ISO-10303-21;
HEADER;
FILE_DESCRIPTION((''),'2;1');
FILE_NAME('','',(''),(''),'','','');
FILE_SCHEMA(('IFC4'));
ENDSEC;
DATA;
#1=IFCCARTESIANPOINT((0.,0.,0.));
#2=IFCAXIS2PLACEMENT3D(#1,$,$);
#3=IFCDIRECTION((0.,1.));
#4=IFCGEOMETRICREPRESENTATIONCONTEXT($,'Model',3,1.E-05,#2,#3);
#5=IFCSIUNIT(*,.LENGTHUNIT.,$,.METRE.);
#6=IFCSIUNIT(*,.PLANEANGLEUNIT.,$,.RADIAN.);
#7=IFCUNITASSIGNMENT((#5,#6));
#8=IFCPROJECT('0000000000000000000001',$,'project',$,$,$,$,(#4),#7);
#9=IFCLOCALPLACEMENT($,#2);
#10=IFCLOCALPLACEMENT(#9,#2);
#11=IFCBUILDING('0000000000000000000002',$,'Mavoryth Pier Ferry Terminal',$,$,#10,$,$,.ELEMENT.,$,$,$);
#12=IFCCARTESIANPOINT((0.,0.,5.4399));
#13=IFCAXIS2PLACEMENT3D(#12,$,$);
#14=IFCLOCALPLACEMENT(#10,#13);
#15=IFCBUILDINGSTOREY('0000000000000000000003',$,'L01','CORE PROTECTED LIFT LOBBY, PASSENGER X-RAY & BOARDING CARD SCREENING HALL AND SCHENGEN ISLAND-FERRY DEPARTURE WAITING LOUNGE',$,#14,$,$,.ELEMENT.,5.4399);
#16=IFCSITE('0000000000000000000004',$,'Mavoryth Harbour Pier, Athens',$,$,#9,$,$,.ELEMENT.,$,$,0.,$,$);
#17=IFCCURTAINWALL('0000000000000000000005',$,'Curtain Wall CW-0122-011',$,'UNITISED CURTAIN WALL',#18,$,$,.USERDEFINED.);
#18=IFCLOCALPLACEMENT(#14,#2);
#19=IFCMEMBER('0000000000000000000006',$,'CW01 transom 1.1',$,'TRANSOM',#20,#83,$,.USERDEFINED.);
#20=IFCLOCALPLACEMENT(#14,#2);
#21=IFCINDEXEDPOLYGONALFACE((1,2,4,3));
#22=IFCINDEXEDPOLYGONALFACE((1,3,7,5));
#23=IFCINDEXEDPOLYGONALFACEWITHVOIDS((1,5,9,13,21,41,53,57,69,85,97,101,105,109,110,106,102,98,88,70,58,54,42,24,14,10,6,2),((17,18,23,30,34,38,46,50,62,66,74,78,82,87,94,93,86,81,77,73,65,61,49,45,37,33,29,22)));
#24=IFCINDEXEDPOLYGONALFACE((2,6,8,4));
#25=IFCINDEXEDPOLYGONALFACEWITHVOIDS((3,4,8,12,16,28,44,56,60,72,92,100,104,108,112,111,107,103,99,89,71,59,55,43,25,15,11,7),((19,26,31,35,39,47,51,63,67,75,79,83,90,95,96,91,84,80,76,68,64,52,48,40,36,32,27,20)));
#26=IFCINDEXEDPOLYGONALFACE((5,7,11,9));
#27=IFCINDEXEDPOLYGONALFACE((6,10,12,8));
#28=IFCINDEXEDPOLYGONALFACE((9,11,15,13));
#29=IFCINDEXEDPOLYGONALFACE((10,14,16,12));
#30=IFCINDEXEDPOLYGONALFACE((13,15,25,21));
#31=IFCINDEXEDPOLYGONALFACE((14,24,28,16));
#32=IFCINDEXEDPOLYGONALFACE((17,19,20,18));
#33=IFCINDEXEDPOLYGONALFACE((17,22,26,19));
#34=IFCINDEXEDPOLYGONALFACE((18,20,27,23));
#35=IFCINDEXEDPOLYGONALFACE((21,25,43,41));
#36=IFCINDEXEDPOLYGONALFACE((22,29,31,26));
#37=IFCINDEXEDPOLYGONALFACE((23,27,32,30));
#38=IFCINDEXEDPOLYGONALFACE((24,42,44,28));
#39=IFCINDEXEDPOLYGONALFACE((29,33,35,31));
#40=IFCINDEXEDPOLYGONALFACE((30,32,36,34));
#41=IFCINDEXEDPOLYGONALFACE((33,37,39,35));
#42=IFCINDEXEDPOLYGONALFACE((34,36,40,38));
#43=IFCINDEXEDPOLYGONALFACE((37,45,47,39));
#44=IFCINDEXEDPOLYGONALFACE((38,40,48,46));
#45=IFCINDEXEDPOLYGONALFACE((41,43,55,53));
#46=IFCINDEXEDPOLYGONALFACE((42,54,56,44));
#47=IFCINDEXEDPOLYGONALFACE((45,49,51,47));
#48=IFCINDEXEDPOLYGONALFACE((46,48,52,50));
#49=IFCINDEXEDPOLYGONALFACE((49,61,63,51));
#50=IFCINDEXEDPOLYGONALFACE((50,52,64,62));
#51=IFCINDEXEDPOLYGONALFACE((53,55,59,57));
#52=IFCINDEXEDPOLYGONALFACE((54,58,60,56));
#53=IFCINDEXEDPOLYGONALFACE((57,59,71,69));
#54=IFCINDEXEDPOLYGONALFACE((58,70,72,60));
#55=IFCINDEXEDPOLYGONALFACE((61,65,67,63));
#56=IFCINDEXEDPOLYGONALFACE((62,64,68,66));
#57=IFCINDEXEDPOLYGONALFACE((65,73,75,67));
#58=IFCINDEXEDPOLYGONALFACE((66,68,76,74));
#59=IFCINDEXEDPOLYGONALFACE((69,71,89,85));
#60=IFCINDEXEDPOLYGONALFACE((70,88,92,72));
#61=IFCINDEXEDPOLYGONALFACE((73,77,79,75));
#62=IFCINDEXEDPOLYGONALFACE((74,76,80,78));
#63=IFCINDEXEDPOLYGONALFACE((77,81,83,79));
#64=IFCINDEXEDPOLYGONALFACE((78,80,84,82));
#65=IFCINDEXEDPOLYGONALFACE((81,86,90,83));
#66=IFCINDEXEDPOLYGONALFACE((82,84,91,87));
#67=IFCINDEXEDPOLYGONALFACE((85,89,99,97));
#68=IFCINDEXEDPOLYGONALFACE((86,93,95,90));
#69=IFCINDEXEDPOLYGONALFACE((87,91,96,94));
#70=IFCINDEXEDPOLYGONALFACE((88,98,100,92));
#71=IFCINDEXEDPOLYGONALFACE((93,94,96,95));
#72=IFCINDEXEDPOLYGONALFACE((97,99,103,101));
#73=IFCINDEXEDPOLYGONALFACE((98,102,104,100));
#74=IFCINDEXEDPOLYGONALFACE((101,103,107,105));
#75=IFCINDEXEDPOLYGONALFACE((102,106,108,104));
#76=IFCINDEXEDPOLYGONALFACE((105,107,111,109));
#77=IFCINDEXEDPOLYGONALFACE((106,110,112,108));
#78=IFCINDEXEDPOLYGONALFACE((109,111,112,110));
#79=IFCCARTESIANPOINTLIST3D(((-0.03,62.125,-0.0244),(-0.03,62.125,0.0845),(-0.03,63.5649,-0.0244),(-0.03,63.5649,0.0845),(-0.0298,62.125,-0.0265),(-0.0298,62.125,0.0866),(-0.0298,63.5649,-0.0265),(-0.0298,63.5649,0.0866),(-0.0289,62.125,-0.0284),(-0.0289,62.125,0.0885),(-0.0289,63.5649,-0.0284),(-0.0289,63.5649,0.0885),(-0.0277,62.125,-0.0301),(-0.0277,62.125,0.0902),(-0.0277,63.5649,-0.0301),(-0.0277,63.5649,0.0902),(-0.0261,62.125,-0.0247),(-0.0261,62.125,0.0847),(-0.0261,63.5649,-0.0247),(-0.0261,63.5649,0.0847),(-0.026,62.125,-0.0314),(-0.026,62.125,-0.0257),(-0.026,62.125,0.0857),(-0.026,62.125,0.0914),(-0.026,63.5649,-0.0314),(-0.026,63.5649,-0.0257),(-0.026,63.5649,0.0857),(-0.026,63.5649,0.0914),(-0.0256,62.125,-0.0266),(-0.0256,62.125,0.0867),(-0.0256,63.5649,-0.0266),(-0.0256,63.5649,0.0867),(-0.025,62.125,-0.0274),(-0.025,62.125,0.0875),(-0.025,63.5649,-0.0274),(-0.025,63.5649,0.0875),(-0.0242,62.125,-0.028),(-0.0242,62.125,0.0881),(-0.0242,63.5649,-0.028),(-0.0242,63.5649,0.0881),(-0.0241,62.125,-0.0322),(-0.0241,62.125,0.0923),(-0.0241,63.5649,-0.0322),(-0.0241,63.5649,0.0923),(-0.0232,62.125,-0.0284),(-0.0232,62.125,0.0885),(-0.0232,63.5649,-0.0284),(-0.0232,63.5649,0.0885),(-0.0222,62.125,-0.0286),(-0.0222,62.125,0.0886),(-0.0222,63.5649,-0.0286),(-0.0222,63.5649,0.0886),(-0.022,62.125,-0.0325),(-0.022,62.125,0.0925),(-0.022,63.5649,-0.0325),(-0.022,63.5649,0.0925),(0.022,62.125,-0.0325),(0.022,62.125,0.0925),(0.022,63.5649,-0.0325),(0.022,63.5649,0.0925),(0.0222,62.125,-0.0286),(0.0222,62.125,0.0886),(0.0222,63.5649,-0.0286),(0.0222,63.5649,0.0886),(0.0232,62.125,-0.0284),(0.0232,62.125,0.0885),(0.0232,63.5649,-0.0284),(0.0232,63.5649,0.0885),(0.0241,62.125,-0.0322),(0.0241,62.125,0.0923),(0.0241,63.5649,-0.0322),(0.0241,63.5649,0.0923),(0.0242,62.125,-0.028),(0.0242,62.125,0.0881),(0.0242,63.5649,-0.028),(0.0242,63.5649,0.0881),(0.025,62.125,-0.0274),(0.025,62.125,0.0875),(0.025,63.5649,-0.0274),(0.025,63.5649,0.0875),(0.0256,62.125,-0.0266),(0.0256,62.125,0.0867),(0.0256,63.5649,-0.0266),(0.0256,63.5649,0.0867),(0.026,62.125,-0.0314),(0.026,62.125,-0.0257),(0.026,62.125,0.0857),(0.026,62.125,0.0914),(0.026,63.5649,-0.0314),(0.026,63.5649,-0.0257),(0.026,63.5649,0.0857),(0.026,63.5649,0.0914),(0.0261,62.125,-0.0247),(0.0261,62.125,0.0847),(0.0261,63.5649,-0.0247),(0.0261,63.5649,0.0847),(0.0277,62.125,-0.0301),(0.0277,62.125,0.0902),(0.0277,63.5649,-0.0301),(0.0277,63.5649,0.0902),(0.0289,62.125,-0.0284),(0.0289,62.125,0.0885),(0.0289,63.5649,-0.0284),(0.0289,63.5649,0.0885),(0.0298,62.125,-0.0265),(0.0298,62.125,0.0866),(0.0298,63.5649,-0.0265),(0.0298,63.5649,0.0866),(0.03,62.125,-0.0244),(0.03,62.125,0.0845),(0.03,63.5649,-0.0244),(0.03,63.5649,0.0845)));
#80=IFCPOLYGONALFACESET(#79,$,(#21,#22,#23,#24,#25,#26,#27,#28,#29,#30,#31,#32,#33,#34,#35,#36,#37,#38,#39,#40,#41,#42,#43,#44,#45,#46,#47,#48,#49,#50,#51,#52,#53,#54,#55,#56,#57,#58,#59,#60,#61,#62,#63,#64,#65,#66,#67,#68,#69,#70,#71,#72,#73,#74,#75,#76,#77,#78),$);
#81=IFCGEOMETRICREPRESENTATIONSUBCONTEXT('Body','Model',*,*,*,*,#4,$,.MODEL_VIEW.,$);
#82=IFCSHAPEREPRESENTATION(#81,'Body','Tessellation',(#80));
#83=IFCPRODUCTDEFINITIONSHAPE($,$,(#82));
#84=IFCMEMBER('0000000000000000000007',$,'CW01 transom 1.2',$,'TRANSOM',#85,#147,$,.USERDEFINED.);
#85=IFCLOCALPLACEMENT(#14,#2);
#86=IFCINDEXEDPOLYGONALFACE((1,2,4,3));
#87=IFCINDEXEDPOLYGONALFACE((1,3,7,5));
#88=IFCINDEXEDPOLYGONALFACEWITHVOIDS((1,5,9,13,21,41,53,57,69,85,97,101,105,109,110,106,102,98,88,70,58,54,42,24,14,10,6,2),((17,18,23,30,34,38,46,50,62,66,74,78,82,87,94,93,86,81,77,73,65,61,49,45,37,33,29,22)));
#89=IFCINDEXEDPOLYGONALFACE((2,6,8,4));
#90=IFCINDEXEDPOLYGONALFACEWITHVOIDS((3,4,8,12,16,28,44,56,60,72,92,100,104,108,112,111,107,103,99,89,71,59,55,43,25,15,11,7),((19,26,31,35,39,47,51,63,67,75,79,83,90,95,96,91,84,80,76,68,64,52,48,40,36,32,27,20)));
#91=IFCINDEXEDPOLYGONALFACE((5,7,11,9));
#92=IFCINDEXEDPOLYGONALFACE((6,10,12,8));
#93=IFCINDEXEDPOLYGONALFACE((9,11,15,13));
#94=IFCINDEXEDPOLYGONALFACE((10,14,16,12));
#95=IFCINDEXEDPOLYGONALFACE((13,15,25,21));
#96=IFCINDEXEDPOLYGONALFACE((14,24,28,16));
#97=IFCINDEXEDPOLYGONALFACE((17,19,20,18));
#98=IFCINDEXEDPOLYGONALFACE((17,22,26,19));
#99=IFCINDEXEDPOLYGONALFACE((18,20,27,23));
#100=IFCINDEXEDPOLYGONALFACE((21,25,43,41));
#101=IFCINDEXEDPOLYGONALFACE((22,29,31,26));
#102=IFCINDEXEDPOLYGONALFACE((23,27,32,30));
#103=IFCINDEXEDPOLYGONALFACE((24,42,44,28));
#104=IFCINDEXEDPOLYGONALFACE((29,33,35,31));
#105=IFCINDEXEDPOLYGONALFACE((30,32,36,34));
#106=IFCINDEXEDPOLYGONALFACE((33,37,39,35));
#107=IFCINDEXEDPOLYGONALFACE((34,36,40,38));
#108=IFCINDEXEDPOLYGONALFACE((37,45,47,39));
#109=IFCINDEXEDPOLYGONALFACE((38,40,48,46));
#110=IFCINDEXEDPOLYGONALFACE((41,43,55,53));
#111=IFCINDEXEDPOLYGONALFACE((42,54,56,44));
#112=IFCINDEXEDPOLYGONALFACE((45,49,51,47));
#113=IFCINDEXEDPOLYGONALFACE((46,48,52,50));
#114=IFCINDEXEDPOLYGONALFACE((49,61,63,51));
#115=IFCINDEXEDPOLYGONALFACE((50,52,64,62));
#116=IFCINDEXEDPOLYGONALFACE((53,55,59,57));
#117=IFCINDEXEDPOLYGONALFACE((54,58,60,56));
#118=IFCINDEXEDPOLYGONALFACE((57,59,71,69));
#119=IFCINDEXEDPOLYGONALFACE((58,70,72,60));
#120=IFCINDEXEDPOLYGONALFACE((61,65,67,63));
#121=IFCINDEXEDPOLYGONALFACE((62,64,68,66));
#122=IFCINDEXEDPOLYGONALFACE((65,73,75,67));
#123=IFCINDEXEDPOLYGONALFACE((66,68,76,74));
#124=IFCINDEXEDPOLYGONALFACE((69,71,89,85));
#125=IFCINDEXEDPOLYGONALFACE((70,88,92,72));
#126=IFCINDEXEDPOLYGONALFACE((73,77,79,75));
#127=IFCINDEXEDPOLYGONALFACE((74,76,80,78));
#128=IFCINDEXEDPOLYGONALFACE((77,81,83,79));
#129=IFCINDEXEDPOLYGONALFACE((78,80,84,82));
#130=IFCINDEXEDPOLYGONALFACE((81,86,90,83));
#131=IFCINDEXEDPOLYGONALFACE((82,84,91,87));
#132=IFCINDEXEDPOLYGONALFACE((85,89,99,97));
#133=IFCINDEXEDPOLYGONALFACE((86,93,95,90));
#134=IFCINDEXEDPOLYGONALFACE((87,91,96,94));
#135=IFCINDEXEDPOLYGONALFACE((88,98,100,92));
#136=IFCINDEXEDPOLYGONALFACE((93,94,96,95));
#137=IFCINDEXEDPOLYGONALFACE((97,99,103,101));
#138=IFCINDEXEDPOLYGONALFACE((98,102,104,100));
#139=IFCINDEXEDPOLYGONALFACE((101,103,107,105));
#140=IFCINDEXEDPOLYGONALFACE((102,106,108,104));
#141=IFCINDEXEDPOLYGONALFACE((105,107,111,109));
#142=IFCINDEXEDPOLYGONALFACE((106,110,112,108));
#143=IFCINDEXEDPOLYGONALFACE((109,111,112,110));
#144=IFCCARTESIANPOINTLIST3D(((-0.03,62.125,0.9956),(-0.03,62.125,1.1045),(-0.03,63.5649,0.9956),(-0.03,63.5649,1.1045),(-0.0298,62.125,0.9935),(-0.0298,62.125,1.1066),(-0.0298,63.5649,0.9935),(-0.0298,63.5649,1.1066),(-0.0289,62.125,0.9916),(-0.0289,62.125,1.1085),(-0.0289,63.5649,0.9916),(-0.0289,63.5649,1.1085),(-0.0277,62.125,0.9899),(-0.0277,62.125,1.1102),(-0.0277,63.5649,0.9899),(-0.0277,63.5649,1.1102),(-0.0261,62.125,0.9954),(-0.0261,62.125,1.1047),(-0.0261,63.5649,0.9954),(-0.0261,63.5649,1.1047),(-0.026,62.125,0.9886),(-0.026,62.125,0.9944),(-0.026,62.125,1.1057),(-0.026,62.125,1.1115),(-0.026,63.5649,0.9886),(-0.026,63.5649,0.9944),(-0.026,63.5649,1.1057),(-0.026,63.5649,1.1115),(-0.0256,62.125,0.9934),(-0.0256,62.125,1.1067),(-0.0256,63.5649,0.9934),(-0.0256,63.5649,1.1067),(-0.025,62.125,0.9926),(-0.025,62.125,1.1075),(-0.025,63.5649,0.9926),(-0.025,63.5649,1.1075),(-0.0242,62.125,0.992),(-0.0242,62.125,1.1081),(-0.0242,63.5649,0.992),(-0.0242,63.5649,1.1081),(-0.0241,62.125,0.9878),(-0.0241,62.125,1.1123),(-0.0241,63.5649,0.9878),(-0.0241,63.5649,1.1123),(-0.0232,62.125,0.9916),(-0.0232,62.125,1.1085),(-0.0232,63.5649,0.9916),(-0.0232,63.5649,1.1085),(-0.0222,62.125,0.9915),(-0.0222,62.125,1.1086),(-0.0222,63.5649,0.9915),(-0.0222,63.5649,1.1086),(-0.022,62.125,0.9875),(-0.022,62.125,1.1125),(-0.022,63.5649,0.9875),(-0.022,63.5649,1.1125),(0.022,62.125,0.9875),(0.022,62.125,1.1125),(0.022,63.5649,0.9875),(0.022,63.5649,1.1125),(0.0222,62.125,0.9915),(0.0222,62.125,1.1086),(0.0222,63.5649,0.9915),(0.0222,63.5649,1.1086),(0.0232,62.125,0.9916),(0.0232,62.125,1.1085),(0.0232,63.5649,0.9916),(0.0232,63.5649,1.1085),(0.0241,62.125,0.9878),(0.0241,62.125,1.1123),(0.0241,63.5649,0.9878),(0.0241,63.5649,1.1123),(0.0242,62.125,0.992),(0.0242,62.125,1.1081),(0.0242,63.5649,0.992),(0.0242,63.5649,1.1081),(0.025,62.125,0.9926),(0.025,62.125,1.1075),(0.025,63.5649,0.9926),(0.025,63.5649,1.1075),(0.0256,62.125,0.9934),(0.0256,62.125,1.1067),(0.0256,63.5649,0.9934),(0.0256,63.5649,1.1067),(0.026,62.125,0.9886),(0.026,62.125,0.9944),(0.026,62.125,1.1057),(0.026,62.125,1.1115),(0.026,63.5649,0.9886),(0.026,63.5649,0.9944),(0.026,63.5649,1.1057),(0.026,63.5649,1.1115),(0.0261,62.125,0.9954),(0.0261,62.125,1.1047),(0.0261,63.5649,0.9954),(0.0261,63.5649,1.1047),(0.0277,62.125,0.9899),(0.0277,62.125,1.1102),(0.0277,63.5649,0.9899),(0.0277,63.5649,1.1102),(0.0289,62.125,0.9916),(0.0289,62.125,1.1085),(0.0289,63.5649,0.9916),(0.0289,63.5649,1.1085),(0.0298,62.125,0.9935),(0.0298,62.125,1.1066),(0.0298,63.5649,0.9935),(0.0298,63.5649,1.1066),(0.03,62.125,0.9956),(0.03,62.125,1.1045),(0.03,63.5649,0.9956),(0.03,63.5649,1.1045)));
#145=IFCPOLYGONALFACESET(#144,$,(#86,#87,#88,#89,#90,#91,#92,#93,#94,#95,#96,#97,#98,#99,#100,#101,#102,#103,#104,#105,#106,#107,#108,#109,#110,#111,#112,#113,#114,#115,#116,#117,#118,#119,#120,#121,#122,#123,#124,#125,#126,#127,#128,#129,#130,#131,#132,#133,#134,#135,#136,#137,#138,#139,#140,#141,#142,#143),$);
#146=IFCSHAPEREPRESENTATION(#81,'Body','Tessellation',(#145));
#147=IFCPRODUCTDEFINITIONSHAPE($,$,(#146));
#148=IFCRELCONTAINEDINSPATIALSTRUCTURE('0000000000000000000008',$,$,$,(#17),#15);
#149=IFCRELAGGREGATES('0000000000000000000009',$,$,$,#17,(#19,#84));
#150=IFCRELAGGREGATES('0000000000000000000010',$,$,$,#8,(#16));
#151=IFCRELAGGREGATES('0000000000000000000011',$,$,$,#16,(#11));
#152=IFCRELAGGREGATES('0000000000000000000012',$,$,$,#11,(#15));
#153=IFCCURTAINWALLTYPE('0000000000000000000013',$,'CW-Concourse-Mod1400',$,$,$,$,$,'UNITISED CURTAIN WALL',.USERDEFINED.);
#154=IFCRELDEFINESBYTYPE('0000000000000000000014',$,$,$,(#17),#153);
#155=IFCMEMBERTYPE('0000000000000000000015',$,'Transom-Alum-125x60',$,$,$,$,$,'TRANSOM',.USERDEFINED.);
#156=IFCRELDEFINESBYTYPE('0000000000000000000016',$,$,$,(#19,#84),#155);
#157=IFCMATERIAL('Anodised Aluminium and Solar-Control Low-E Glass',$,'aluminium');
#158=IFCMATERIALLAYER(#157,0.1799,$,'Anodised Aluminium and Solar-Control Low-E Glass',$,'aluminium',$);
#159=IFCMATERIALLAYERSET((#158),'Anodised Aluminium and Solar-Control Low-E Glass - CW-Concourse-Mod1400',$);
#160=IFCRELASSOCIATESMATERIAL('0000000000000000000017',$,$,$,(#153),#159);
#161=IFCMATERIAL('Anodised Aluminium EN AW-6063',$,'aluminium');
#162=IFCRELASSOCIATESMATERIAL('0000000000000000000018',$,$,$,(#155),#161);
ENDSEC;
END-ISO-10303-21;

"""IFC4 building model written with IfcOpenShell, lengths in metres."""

from ifc_helpers import new_model, si_unit, direction, frame, origin, origin_2d, place, context, subcontext, project, spatial, hollow_rectangle, extrude, material, layer, layer_set, material_profile, profile_set, type_object, element, aggregate, save


model = new_model("IFC4")

# Units and contexts
model_context = context("Model", 3, precision=1e-05, world=origin(), true_north=direction((0.0, 1.0)))
body_context = subcontext(model_context, "Body", "Model", "MODEL_VIEW")
ifc_project = project(units=[si_unit("LENGTHUNIT", "METRE"), si_unit("PLANEANGLEUNIT", "RADIAN")], contexts=[model_context])

# Site, building, storey
site_placement = place(None, origin())
site = spatial("IfcSite", under=ifc_project, at=site_placement, Name="Mavoryth Harbour Pier, Athens", CompositionType="ELEMENT", RefElevation=0.0)
building_placement = place(site_placement, origin())
building = spatial("IfcBuilding", under=site, at=building_placement, Name="Mavoryth Pier Ferry Terminal", CompositionType="ELEMENT")
storey_placement = place(building_placement, frame((0.0, 0.0, 5.4399)))
storey = spatial("IfcBuildingStorey", under=building, at=storey_placement, Name="L01", Description="CORE PROTECTED LIFT LOBBY, PASSENGER X-RAY & BOARDING CARD SCREENING HALL AND SCHENGEN ISLAND-FERRY DEPARTURE WAITING LOUNGE", CompositionType="ELEMENT", Elevation=5.4399)

# Curtain wall, members
ifc_material_1 = material(Name="Anodised Aluminium and Solar-Control Low-E Glass", Category="aluminium")
ifc_layer_1 = layer(ifc_material_1, 0.1799, Name="Anodised Aluminium and Solar-Control Low-E Glass", Category="aluminium")
ifc_layer_set_1 = layer_set([ifc_layer_1], Name="Anodised Aluminium and Solar-Control Low-E Glass - CW-Concourse-Mod1400")
curtain_wall_type = type_object("IfcCurtainWallType", Name="CW-Concourse-Mod1400", ElementType="UNITISED CURTAIN WALL", PredefinedType="USERDEFINED", material=ifc_layer_set_1)
curtain_wall_placement = place(storey_placement, origin())
curtain_wall = element("IfcCurtainWall", 1, at=curtain_wall_placement, inside=storey, type_object=curtain_wall_type, Name="Curtain Wall CW-0122-011", ObjectType="UNITISED CURTAIN WALL", PredefinedType="USERDEFINED")
ifc_material_2 = material(Name="Anodised Aluminium EN AW-6063", Category="aluminium")
ifc_material_profile_1 = material_profile(ifc_material_2, hollow_rectangle(XDim=0.0601, YDim=0.125, WallThickness=0.0039, InnerFilletRadius=0.0039, OuterFilletRadius=0.0081, at=origin_2d()), Name="AL-TRAN 125x60x4", Category="aluminium")
ifc_profile_set_1 = profile_set([ifc_material_profile_1], Name="Anodised Aluminium EN AW-6063 - AL-TRAN 125x60x4")
member_type_1 = type_object("IfcMemberType", Name="Transom-Alum-125x60", ElementType="TRANSOM", PredefinedType="USERDEFINED", material=ifc_profile_set_1)
member_1_placement = place(storey_placement, frame((0.0, 63.5649, 0.03), z_axis=(0.0, -1.0, 0.0), x_axis=(1.0, 0.0, 0.0)))
member_1 = element("IfcMember", 2, at=member_1_placement, type_object=member_type_1, Name="CW01 transom 1.1", ObjectType="TRANSOM", PredefinedType="USERDEFINED", context=body_context, shape_type="SweptSolid", body=[
    extrude(hollow_rectangle(XDim=0.0601, YDim=0.125, WallThickness=0.0039, InnerFilletRadius=0.0039, OuterFilletRadius=0.0081, at=origin_2d()), origin(), (0.0, 0.0, 1.0), 1.4399),
])
member_2_placement = place(storey_placement, frame((0.0, 63.5649, 1.05), z_axis=(0.0, -1.0, 0.0), x_axis=(1.0, 0.0, 0.0)))
member_2 = element("IfcMember", 3, at=member_2_placement, type_object=member_type_1, Name="CW01 transom 1.2", ObjectType="TRANSOM", PredefinedType="USERDEFINED", context=body_context, shape_type="SweptSolid", body=[
    extrude(hollow_rectangle(XDim=0.0601, YDim=0.125, WallThickness=0.0039, InnerFilletRadius=0.0039, OuterFilletRadius=0.0081, at=origin_2d()), origin(), (0.0, 0.0, 1.0), 1.4399),
])
aggregate(curtain_wall, [member_1, member_2])

save(model, "model.ifc")
